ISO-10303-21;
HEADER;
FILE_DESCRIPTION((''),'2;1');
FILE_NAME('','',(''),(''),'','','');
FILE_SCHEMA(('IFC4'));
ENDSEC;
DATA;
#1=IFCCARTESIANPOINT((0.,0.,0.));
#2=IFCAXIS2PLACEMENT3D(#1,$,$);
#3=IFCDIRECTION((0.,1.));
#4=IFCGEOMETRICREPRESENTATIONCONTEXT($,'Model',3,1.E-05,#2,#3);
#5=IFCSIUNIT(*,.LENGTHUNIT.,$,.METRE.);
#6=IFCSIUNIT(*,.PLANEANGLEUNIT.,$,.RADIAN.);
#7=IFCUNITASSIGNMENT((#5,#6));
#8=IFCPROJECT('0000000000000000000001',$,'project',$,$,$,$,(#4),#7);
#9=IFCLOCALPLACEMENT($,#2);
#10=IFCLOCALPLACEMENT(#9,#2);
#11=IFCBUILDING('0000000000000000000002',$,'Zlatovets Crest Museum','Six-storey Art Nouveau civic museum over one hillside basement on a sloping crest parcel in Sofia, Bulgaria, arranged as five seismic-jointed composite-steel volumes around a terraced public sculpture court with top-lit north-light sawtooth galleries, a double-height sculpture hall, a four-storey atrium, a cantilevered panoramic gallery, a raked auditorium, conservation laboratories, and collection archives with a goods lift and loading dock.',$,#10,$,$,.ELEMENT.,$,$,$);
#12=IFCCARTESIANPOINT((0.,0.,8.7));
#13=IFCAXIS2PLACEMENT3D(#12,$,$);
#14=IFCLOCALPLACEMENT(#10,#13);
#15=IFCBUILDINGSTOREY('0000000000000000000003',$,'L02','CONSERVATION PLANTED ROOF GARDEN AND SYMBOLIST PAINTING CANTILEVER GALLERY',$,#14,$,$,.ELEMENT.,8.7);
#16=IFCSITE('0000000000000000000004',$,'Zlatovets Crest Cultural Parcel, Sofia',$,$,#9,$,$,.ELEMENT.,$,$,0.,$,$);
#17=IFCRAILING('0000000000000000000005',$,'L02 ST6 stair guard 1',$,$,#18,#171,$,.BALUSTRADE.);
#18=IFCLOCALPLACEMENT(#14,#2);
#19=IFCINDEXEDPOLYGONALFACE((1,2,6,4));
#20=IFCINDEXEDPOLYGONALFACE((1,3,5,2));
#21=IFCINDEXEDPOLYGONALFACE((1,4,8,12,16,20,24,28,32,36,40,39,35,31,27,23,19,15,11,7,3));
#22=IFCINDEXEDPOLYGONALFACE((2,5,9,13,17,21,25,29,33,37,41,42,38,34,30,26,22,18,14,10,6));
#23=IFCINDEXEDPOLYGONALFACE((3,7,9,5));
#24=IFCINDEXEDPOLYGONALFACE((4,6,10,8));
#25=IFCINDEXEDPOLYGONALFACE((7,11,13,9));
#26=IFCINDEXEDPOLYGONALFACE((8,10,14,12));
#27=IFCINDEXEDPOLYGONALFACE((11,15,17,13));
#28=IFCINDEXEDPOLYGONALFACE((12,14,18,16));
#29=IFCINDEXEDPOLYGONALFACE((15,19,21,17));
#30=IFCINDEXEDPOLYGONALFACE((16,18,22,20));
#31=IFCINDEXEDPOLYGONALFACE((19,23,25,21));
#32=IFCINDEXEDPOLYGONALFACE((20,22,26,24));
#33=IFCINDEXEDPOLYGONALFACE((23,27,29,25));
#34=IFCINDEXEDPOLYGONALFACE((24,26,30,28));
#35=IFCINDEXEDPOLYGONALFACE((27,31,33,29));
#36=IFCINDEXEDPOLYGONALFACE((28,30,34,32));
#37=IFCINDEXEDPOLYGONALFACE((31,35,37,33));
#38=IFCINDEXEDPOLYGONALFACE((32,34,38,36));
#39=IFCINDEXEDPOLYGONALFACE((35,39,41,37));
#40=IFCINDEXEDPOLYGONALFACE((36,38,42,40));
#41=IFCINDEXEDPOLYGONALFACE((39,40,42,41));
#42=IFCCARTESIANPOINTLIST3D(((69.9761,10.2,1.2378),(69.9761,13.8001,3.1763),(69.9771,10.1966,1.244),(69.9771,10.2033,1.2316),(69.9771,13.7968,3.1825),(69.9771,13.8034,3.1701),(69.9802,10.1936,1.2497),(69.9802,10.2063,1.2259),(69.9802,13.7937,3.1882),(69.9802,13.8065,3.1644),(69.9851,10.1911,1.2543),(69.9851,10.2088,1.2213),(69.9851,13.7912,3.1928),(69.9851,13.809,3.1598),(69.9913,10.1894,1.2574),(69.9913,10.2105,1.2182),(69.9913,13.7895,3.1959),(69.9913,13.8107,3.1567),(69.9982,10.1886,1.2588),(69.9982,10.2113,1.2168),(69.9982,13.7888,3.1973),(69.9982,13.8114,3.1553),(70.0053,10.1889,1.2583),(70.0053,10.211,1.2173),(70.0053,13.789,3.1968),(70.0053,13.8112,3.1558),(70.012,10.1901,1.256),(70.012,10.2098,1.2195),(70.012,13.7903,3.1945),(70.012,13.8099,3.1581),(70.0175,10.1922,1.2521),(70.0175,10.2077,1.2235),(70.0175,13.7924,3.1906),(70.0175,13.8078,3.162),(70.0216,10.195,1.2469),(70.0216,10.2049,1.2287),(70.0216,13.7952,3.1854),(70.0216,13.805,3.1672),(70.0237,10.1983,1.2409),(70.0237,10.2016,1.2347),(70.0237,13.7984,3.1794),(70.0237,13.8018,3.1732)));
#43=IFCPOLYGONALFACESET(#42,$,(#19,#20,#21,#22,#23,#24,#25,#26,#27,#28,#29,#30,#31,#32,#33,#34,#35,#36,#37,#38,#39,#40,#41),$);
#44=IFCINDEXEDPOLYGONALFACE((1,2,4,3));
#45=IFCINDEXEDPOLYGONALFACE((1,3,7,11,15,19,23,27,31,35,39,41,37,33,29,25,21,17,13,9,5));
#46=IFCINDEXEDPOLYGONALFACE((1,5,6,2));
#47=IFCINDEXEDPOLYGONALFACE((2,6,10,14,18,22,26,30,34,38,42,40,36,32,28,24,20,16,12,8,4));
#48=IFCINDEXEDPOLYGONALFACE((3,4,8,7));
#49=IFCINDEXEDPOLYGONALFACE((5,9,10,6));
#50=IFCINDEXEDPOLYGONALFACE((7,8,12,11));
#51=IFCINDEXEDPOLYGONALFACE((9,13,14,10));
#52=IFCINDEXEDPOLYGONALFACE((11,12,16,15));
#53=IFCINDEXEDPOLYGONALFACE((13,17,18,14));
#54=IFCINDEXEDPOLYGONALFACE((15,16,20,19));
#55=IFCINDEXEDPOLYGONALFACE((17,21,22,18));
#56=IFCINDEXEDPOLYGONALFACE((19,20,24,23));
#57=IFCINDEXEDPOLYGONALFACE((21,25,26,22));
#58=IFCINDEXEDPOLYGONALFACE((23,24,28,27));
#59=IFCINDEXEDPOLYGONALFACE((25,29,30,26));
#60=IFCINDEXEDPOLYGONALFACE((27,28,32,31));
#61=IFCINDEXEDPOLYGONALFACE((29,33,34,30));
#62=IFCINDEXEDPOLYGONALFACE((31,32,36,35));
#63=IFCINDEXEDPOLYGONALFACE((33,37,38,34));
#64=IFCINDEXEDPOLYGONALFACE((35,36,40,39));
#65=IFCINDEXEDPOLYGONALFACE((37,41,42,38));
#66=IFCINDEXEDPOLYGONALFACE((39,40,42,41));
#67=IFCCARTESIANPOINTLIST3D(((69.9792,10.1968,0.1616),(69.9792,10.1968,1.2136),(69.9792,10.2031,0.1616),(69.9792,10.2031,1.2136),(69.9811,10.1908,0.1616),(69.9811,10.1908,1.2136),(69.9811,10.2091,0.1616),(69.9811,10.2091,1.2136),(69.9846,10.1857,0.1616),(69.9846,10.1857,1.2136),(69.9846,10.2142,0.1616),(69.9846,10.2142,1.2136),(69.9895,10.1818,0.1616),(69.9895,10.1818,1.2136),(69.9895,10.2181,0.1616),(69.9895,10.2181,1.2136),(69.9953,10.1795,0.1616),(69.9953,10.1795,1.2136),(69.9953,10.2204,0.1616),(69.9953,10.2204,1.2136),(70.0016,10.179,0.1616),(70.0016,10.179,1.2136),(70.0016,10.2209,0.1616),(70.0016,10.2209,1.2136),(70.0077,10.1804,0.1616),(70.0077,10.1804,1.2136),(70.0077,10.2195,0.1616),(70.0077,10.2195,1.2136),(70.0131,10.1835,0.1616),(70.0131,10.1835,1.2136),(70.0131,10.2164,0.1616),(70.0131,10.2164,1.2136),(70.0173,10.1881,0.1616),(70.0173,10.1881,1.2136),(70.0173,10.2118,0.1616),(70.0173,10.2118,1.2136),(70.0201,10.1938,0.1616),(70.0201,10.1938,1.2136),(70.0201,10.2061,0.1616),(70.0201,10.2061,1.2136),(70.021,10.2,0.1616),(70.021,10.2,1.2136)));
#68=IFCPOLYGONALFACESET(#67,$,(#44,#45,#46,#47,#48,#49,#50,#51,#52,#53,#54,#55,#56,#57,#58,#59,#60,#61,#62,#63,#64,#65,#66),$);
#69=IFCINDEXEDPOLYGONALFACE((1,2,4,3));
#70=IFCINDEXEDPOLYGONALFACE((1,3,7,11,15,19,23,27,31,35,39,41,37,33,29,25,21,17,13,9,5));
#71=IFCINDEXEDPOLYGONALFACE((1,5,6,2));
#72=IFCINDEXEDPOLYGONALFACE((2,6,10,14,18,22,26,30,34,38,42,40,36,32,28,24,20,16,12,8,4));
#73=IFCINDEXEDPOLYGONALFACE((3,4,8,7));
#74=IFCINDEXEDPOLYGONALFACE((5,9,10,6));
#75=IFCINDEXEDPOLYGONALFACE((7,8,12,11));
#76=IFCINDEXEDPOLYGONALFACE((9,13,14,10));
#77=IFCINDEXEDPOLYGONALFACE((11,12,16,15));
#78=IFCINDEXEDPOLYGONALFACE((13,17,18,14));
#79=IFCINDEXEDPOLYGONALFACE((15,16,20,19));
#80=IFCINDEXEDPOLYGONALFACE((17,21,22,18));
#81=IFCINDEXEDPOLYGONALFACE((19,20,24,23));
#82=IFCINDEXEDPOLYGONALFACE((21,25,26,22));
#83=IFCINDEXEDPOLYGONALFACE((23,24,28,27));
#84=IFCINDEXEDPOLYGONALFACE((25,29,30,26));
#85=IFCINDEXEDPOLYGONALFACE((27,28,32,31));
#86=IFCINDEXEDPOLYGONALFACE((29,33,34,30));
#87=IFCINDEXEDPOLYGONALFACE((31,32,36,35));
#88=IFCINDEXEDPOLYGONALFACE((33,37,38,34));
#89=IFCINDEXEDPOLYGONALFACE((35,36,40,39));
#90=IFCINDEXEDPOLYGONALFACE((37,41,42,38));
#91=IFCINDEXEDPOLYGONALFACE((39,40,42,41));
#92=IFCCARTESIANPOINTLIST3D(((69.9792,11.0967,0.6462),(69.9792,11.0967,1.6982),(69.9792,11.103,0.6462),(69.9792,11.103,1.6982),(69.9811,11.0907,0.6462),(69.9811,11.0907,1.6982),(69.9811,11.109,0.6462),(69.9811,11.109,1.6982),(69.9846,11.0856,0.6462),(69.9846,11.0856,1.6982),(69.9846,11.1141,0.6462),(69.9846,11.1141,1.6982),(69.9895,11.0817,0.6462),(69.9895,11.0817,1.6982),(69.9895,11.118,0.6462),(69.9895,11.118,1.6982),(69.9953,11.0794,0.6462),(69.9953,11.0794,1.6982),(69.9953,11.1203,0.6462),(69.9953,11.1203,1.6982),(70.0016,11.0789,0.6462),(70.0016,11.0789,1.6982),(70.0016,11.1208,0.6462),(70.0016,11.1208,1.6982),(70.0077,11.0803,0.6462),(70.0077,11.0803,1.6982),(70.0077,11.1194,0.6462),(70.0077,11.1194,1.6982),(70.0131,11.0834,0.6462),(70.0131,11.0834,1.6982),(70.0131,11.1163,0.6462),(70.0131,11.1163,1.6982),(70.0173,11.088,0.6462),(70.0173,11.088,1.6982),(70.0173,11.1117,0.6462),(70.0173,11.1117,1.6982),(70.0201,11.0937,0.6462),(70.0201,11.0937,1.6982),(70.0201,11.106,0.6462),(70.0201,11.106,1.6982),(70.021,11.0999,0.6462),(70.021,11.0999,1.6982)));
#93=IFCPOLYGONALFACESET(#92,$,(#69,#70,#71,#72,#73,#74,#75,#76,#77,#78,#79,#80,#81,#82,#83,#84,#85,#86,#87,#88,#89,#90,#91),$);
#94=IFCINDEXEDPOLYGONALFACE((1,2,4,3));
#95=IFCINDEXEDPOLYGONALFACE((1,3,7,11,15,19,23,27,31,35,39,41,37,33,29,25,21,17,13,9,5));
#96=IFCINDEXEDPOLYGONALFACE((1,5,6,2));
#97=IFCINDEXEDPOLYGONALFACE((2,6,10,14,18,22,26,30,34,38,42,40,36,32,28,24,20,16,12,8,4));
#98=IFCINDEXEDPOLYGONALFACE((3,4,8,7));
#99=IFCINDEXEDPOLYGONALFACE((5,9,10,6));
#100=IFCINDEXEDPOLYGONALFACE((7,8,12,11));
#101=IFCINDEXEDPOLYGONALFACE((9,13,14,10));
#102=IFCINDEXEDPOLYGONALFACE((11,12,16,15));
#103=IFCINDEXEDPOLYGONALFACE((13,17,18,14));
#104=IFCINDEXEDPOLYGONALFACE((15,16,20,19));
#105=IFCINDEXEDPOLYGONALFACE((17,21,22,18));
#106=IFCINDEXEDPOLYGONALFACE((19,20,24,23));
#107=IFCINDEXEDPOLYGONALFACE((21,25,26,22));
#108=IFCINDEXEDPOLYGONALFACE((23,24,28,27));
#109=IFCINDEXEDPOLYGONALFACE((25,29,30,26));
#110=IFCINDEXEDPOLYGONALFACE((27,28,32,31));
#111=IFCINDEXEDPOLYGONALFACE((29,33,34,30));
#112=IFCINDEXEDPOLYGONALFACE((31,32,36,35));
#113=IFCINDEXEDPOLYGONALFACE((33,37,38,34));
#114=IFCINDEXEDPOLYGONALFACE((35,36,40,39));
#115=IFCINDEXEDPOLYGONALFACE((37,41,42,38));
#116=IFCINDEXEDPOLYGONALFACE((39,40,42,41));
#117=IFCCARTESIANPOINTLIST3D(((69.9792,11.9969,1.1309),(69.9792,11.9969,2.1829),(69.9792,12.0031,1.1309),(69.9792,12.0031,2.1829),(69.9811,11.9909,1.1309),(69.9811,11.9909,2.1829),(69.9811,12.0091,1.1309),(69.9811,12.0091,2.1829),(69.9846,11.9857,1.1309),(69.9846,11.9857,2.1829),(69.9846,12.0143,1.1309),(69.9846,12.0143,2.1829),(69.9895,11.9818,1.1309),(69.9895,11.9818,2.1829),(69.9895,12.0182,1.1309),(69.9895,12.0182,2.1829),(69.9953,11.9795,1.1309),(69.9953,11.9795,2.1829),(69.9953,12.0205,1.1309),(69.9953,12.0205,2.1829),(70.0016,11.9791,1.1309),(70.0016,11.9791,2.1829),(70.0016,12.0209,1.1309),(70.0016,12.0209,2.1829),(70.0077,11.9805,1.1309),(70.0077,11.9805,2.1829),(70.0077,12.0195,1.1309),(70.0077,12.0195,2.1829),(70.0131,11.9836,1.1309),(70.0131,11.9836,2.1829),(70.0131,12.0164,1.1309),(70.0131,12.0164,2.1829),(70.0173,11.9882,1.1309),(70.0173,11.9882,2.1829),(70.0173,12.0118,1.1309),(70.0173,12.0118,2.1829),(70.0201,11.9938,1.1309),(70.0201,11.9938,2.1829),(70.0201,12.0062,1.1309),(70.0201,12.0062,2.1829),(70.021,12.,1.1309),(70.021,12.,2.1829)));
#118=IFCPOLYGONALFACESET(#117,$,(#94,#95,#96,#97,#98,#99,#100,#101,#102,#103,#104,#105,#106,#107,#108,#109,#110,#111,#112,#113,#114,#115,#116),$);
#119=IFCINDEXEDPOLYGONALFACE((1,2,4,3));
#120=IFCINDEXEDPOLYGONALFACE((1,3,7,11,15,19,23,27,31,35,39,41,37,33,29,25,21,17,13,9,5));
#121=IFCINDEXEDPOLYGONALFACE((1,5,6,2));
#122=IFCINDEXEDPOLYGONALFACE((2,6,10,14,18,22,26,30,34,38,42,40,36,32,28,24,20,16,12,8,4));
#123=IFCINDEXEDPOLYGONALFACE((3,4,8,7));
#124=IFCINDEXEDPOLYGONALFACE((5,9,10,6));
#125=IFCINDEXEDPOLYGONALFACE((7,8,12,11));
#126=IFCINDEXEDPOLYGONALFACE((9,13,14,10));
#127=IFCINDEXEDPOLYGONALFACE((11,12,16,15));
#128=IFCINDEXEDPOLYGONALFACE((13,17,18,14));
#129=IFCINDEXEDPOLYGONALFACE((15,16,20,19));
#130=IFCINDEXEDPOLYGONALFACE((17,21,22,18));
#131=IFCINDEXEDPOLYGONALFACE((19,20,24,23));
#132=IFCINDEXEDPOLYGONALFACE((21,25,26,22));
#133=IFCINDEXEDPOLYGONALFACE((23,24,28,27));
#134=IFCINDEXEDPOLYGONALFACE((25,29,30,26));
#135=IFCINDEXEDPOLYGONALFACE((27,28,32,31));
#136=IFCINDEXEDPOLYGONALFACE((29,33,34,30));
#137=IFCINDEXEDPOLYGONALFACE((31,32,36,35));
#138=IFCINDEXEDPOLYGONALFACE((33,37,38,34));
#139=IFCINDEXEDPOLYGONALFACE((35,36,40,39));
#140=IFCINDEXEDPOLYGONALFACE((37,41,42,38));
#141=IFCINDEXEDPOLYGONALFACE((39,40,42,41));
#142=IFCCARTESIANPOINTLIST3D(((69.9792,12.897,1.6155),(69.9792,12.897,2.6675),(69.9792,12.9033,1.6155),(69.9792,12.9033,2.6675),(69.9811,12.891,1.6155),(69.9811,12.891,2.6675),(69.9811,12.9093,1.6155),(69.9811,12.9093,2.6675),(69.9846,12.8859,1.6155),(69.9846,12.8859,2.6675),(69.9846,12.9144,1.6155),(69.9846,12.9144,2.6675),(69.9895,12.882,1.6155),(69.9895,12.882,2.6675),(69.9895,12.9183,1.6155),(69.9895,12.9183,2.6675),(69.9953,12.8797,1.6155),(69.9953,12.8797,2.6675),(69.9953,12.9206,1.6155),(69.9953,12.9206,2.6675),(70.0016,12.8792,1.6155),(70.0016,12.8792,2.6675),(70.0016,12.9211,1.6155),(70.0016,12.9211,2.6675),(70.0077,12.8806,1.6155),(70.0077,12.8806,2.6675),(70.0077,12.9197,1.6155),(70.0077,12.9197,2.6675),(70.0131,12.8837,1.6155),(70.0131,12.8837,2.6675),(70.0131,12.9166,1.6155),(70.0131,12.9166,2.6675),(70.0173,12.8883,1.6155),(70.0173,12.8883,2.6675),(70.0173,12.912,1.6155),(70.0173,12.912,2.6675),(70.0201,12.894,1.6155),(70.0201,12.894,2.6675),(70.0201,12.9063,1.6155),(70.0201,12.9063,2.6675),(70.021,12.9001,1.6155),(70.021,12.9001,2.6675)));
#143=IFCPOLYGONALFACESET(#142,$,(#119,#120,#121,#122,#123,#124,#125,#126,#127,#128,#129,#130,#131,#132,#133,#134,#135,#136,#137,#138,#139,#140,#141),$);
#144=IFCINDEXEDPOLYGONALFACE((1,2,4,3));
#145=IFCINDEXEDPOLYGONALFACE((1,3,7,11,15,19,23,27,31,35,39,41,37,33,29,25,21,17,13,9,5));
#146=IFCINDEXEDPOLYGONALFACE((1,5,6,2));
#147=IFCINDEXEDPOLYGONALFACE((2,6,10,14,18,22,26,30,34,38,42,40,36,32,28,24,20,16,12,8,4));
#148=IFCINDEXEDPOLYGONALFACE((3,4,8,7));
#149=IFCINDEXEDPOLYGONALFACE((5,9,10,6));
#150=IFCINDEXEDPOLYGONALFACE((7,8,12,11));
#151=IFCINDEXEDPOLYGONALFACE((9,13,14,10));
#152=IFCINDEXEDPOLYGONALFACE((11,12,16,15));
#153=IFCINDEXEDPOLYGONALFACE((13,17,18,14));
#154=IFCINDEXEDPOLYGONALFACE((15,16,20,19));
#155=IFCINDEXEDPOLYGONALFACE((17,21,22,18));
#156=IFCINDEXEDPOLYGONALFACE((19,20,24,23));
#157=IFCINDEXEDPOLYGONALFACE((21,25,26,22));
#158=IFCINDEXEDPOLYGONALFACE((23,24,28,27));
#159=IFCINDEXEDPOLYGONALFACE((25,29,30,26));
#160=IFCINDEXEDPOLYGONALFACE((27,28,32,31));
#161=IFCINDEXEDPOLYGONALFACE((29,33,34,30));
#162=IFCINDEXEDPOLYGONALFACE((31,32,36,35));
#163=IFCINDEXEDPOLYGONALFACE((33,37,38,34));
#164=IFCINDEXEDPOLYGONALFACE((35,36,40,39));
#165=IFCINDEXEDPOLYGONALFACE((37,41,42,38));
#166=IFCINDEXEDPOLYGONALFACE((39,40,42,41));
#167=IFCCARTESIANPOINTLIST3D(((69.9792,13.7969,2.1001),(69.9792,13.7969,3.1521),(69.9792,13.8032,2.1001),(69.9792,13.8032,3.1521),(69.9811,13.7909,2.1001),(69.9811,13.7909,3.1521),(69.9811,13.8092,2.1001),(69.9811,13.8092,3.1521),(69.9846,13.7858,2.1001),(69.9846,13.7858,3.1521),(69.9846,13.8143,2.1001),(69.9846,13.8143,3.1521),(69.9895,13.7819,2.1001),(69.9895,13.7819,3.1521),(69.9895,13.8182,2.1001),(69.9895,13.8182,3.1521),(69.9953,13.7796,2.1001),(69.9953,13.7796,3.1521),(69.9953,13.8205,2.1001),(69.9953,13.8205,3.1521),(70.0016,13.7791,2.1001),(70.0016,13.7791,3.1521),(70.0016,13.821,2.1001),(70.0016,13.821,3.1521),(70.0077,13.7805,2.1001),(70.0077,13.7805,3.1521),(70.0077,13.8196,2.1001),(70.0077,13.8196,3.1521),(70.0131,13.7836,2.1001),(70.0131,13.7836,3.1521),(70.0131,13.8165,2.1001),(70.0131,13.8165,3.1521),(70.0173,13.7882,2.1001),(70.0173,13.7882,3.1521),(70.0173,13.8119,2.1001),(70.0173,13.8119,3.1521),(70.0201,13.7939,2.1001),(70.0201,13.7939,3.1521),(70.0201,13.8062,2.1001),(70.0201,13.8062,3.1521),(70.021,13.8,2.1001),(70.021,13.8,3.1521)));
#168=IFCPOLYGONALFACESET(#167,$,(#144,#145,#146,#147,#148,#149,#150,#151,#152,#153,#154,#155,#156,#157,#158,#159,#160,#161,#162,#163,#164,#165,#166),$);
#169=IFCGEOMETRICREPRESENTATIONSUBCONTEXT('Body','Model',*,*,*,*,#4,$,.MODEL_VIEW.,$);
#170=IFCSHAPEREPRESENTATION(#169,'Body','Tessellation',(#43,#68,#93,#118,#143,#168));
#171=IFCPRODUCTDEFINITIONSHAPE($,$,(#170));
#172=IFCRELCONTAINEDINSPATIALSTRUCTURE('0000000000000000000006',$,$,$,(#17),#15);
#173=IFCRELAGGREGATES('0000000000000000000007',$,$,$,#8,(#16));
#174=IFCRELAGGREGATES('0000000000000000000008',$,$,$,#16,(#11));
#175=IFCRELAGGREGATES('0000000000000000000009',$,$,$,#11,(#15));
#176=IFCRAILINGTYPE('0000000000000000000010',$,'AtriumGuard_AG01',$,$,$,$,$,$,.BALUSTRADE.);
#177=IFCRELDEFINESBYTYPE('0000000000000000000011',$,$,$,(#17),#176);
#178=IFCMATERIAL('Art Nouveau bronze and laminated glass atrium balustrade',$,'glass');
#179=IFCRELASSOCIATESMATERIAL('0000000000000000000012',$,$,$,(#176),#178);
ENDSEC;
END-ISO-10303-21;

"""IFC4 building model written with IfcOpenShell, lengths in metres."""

from ifc_helpers import new_model, si_unit, direction, frame, origin, origin_2d, place, context, subcontext, project, spatial, circle, extrude, material, type_object, element, save


model = new_model("IFC4")

# Units and contexts
model_context = context("Model", 3, precision=1e-05, world=origin(), true_north=direction((0.0, 1.0)))
body_context = subcontext(model_context, "Body", "Model", "MODEL_VIEW")
ifc_project = project(units=[si_unit("LENGTHUNIT", "METRE"), si_unit("PLANEANGLEUNIT", "RADIAN")], contexts=[model_context])

# Site, building, storey
site_placement = place(None, origin())
site = spatial("IfcSite", under=ifc_project, at=site_placement, Name="Zlatovets Crest Cultural Parcel, Sofia", CompositionType="ELEMENT", RefElevation=0.0)
building_placement = place(site_placement, origin())
building = spatial("IfcBuilding", under=site, at=building_placement, Name="Zlatovets Crest Museum", Description="Six-storey Art Nouveau civic museum over one hillside basement on a sloping crest parcel in Sofia, Bulgaria, arranged as five seismic-jointed composite-steel volumes around a terraced public sculpture court with top-lit north-light sawtooth galleries, a double-height sculpture hall, a four-storey atrium, a cantilevered panoramic gallery, a raked auditorium, conservation laboratories, and collection archives with a goods lift and loading dock.", CompositionType="ELEMENT")
storey_placement = place(building_placement, frame((0.0, 0.0, 8.7)))
storey = spatial("IfcBuildingStorey", under=building, at=storey_placement, Name="L02", Description="CONSERVATION PLANTED ROOF GARDEN AND SYMBOLIST PAINTING CANTILEVER GALLERY", CompositionType="ELEMENT", Elevation=8.7)

# Railing
ifc_material_1 = material(Name="Art Nouveau bronze and laminated glass atrium balustrade", Category="glass")
railing_type_1 = type_object("IfcRailingType", Name="AtriumGuard_AG01", PredefinedType="BALUSTRADE", material=ifc_material_1)
railing_1_placement = place(storey_placement, frame((70.0, 10.2, 0.1616)))
element("IfcRailing", 1, at=railing_1_placement, inside=storey, type_object=railing_type_1, Name="L02 ST6 stair guard 1", PredefinedType="BALUSTRADE", context=body_context, shape_type="SweptSolid", body=[
    extrude(circle(Radius=0.0239, at=origin_2d()), frame((0.0, 0.0, 1.0762), z_axis=(0.0, 0.880475, 0.474093), x_axis=(-1.0, 0.0, 0.0)), (0.0, 0.0, 1.0), 4.0889),
    extrude(circle(Radius=0.021, at=origin_2d()), origin(), (0.0, 0.0, 1.0), 1.052),
    extrude(circle(Radius=0.021, at=origin_2d()), frame((0.0, 0.8999, 0.4846)), (0.0, 0.0, 1.0), 1.052),
    extrude(circle(Radius=0.021, at=origin_2d()), frame((0.0, 1.8, 0.9692)), (0.0, 0.0, 1.0), 1.052),
    extrude(circle(Radius=0.021, at=origin_2d()), frame((0.0, 2.7002, 1.4539)), (0.0, 0.0, 1.0), 1.052),
    extrude(circle(Radius=0.021, at=origin_2d()), frame((0.0, 3.6001, 1.9385)), (0.0, 0.0, 1.0), 1.052),
])

save(model, "model.ifc")
